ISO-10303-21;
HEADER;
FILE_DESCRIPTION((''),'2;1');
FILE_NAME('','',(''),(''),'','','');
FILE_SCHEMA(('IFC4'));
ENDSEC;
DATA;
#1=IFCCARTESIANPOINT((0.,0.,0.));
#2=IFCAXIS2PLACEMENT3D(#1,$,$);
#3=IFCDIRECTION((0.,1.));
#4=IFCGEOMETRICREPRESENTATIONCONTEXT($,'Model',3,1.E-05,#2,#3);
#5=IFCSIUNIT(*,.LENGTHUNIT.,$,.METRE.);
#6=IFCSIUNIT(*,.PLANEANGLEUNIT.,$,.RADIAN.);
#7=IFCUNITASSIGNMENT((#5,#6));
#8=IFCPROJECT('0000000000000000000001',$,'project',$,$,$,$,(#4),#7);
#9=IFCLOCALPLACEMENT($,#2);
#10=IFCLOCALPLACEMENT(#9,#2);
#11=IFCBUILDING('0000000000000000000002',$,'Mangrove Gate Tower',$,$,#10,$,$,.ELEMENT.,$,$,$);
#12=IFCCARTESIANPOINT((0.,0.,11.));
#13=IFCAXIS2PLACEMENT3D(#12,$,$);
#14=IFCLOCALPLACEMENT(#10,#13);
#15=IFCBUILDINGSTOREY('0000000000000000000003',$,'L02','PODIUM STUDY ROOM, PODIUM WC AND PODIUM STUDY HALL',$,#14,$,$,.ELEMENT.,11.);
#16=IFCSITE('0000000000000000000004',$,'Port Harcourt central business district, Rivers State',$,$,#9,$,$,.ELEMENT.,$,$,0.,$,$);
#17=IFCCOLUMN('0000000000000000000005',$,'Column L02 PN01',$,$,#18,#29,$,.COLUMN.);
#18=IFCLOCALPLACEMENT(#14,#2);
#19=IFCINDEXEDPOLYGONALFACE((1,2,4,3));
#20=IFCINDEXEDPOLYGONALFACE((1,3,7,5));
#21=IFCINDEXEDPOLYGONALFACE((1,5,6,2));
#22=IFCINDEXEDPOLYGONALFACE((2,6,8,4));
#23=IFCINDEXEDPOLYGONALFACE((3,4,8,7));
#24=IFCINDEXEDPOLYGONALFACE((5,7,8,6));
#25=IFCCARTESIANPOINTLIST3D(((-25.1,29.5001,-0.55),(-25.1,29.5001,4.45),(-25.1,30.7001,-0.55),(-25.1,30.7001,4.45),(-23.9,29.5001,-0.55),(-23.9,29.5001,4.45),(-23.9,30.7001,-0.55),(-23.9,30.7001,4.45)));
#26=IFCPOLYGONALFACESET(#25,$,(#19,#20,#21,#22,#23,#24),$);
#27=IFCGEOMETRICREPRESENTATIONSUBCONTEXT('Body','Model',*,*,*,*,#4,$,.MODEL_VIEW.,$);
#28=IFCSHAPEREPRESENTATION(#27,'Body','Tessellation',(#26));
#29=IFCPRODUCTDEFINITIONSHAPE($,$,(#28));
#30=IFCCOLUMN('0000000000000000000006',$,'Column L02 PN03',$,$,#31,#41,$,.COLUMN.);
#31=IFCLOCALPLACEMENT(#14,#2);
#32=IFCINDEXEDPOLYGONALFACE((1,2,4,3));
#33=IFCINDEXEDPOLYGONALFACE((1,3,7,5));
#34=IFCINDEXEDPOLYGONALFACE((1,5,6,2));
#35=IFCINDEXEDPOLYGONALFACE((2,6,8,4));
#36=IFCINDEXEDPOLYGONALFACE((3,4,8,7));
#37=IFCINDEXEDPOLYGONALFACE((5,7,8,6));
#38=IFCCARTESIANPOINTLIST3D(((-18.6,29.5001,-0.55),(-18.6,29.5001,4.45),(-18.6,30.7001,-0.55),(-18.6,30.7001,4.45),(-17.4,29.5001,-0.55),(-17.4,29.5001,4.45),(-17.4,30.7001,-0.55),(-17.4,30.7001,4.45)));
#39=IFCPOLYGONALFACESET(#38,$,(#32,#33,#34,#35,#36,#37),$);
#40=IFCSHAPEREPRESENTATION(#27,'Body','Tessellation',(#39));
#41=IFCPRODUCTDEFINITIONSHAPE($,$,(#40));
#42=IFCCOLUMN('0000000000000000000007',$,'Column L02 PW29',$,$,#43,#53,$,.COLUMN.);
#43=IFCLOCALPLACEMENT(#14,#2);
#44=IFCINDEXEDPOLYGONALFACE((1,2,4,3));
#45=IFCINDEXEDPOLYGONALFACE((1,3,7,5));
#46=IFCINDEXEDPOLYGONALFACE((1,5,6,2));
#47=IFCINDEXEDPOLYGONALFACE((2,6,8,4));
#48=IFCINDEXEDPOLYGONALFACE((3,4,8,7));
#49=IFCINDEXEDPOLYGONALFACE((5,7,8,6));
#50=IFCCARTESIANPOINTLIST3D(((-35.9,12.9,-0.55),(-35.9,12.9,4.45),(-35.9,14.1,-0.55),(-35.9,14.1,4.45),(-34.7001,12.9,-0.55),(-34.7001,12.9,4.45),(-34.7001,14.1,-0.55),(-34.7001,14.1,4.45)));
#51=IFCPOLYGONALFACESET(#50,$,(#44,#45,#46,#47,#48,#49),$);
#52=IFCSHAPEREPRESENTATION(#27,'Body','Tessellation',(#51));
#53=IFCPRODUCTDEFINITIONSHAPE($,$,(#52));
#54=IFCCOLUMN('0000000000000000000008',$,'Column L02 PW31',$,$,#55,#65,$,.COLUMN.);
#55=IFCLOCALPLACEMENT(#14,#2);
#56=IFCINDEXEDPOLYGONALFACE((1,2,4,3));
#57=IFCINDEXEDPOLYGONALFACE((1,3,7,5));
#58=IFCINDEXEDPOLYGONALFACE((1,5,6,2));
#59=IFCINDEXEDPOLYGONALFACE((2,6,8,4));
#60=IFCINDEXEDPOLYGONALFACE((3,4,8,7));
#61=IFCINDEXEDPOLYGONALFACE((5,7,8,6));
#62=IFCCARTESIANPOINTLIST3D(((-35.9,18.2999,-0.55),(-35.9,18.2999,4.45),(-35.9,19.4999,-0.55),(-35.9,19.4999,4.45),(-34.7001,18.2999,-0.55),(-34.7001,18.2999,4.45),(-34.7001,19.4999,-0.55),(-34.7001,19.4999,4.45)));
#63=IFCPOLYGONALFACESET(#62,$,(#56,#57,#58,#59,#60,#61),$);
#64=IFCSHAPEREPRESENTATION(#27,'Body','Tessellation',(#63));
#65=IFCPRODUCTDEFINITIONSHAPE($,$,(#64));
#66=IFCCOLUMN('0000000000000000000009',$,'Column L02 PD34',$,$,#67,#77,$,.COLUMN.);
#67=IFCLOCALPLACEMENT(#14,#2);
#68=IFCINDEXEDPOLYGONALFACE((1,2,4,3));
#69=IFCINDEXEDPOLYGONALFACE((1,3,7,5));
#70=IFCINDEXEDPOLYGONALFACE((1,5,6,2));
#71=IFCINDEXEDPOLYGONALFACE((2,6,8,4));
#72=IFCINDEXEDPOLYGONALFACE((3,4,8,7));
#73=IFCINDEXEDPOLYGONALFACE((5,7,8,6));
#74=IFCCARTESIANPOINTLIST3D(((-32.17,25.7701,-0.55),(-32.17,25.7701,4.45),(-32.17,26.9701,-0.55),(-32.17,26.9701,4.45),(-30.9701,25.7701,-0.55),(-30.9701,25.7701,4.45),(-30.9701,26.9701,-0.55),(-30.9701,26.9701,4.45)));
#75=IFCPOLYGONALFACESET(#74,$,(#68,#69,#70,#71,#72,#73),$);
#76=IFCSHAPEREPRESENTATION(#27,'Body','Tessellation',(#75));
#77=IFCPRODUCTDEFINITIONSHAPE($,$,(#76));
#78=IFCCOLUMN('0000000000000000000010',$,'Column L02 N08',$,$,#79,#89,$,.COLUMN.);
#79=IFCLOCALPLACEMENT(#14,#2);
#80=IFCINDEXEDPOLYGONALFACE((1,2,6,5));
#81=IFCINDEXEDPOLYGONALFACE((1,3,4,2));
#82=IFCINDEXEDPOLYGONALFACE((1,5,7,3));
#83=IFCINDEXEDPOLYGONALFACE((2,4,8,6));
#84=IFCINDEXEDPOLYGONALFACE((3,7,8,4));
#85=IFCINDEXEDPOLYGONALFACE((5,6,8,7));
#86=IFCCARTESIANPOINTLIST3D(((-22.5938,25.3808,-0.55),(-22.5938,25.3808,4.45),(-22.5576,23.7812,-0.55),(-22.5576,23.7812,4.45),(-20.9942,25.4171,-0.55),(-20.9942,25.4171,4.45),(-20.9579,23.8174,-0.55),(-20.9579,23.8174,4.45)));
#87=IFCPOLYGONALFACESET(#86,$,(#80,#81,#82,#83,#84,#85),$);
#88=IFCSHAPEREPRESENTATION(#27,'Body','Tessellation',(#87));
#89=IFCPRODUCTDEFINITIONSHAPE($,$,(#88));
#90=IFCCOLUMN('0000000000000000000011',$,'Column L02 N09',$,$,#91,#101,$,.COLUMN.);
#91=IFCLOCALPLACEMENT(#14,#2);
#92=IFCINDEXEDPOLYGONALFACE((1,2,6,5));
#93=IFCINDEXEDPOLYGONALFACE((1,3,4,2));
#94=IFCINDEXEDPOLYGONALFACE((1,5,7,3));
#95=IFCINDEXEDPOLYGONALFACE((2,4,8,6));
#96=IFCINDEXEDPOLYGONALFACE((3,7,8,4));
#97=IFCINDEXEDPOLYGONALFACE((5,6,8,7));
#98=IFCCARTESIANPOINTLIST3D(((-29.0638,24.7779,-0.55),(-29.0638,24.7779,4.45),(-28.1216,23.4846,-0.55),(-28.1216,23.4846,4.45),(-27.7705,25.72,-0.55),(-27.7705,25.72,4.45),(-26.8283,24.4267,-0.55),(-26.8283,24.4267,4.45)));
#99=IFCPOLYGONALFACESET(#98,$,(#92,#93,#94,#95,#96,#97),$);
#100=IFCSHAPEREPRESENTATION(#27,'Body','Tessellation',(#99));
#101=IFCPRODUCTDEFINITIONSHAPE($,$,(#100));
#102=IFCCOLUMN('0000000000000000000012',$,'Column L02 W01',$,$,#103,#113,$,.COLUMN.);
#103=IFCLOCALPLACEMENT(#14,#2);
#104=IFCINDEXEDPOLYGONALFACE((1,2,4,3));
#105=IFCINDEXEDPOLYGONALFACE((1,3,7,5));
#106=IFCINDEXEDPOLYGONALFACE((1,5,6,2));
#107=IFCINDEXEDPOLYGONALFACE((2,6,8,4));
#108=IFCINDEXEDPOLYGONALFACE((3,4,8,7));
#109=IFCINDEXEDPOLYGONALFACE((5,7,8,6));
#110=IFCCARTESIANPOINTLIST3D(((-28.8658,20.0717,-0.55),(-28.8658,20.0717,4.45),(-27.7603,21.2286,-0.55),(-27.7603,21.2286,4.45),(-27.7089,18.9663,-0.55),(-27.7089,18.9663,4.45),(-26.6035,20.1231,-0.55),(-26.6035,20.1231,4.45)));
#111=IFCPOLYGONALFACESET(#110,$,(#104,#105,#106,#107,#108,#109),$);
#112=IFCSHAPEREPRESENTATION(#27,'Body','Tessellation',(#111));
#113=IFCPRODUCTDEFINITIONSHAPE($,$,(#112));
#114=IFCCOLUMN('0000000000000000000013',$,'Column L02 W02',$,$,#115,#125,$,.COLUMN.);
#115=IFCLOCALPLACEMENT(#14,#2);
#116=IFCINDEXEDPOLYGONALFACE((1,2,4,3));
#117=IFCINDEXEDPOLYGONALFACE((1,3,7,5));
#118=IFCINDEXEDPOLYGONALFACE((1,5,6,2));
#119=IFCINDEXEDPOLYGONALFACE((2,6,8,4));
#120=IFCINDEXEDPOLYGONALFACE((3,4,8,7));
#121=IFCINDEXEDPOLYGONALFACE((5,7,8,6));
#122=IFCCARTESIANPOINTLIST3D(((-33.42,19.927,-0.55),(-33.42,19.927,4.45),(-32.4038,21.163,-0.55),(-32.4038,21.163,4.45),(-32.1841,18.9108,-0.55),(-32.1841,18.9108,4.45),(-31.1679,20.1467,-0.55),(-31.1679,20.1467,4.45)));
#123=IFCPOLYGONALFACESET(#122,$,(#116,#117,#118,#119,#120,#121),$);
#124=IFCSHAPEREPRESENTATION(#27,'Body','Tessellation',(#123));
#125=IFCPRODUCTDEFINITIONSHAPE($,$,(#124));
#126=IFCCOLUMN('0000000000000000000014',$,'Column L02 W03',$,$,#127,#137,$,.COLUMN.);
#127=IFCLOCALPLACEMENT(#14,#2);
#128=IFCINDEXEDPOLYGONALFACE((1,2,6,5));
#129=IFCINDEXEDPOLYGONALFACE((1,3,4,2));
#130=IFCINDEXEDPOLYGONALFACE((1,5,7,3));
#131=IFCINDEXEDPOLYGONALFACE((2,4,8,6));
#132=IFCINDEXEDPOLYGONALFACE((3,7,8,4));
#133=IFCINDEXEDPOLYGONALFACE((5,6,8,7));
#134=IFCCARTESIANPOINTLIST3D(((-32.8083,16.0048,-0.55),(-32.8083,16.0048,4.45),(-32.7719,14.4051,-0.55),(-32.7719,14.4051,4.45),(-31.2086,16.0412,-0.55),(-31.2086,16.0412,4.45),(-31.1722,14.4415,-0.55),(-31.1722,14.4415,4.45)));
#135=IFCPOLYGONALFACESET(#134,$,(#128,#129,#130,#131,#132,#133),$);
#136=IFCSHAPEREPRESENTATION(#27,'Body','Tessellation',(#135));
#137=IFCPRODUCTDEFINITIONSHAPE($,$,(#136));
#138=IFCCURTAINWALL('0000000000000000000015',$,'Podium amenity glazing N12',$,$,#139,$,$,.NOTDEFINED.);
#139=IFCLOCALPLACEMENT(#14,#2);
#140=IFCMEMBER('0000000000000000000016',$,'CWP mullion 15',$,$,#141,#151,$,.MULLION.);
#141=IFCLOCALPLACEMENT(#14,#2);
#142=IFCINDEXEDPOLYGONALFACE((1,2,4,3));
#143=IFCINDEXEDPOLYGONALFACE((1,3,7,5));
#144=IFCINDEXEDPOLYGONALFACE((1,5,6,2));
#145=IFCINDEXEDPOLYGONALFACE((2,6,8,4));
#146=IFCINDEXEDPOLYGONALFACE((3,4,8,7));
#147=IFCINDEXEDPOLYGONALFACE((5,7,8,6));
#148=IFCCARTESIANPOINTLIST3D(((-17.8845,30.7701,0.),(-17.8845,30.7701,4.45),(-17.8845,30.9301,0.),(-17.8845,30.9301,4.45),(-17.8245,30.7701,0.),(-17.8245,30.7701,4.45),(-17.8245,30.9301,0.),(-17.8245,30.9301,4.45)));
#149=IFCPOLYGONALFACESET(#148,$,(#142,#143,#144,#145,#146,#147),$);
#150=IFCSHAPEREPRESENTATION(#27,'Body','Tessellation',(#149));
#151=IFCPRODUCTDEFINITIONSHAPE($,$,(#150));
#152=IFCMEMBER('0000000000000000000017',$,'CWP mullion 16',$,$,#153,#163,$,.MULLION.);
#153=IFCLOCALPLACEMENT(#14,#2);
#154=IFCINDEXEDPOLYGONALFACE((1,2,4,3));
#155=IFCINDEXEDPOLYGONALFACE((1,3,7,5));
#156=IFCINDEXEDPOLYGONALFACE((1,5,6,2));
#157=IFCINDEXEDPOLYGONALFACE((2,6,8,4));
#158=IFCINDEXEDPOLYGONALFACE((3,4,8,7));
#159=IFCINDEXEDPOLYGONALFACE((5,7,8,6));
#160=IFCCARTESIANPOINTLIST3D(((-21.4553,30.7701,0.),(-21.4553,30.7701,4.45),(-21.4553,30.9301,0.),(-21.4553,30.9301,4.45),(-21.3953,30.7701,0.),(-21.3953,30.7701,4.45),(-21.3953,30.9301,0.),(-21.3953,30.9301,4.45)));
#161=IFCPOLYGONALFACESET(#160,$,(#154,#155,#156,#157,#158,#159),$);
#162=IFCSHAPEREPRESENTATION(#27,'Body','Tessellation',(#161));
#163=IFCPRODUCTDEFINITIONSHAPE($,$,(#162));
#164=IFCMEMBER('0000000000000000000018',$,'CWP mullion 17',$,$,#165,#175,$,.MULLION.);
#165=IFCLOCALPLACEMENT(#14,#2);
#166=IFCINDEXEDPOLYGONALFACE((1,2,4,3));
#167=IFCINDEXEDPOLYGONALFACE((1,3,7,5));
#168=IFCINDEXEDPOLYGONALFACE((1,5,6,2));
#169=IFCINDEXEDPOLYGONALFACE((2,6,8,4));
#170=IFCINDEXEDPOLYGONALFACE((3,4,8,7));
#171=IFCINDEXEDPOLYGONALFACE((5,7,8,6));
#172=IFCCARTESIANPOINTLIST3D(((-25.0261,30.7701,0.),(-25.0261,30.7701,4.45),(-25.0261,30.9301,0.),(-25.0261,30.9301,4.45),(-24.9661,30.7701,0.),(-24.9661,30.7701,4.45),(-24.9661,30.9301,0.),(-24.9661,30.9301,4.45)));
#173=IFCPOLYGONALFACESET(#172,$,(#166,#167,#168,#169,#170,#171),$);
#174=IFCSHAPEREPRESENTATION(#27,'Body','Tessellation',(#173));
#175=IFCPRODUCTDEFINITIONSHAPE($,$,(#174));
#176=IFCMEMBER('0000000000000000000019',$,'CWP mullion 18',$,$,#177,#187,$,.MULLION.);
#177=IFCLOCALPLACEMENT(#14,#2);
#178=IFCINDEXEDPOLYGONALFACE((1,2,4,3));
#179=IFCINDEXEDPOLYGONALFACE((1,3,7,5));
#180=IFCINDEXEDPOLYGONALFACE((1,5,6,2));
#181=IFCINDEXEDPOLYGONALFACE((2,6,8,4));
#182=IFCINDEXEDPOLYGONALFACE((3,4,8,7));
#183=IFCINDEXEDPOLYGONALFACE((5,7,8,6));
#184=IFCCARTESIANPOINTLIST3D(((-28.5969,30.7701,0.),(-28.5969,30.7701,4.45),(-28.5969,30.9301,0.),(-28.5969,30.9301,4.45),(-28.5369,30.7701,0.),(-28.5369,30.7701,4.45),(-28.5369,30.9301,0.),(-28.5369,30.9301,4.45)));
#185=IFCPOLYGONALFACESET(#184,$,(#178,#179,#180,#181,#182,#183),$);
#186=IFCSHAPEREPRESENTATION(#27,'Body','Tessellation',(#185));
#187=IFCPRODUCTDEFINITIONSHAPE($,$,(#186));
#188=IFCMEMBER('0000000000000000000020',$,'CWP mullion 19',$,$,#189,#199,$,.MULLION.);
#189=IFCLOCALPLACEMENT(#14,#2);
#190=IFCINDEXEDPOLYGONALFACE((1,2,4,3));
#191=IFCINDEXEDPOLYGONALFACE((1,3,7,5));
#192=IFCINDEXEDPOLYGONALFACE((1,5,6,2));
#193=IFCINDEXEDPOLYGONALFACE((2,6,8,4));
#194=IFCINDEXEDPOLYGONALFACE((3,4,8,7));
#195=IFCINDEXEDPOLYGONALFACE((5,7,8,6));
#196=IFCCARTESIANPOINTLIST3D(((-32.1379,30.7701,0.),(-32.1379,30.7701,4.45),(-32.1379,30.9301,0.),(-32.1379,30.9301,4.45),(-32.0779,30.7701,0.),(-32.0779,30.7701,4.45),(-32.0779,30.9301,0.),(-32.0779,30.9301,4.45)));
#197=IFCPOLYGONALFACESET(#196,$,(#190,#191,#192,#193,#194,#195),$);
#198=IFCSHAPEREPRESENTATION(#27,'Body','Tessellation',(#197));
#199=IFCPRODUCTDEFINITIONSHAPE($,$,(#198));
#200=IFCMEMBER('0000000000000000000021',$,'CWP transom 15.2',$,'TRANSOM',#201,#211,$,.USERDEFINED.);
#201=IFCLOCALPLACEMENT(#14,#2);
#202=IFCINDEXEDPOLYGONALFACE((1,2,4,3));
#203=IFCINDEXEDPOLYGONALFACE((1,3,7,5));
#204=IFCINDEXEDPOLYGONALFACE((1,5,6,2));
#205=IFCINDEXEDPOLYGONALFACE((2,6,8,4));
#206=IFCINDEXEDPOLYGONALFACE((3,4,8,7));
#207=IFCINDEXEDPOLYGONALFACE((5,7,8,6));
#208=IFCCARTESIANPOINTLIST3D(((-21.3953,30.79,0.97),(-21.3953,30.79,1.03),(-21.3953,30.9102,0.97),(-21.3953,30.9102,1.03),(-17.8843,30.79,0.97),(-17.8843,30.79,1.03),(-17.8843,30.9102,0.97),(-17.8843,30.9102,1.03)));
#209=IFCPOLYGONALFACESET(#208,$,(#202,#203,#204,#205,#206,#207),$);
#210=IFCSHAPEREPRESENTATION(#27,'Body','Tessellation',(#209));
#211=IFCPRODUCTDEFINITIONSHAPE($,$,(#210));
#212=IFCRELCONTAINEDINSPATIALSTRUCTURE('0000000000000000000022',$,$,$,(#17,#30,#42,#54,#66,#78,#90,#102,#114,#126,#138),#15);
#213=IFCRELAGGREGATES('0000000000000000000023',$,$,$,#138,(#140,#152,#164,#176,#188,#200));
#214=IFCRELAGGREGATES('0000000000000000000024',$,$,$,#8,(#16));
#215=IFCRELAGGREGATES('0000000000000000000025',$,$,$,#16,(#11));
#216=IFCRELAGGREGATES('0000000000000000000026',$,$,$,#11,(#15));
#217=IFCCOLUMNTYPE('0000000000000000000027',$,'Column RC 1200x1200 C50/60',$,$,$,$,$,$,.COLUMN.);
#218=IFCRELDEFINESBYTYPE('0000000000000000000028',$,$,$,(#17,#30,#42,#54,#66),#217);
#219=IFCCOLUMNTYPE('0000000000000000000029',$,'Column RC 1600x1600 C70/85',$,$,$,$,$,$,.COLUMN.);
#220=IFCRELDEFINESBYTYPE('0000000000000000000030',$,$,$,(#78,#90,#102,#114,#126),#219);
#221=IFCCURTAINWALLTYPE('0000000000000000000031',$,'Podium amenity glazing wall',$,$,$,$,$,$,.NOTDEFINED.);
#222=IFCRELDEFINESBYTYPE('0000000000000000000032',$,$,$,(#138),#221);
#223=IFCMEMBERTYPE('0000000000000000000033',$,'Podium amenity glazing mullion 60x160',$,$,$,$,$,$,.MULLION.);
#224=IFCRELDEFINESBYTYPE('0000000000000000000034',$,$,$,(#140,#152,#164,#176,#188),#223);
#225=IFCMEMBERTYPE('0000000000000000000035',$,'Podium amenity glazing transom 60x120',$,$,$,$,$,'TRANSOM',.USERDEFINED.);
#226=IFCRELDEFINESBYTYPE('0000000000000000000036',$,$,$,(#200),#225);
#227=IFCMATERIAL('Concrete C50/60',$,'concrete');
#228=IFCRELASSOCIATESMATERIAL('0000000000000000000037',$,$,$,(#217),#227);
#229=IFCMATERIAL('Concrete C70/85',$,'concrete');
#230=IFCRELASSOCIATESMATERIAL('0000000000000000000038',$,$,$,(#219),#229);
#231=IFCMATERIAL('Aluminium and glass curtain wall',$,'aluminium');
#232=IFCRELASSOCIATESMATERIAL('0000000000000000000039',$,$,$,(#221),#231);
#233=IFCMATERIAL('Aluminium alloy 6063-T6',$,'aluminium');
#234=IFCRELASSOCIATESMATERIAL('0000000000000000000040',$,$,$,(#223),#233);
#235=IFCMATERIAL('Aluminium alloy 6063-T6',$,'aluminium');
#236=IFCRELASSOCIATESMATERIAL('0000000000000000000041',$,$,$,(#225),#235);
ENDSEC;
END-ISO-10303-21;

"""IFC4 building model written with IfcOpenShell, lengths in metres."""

from ifc_helpers import new_model, si_unit, direction, frame, origin, origin_2d, place, context, subcontext, project, spatial, rectangle, extrude, material, material_profile, profile_set, type_object, element, aggregate, save


model = new_model("IFC4")

# Units and contexts
model_context = context("Model", 3, precision=1e-05, world=origin(), true_north=direction((0.0, 1.0)))
body_context = subcontext(model_context, "Body", "Model", "MODEL_VIEW")
ifc_project = project(units=[si_unit("LENGTHUNIT", "METRE"), si_unit("PLANEANGLEUNIT", "RADIAN")], contexts=[model_context])

# Site, building, storey
site_placement = place(None, origin())
site = spatial("IfcSite", under=ifc_project, at=site_placement, Name="Port Harcourt central business district, Rivers State", CompositionType="ELEMENT", RefElevation=0.0)
building_placement = place(site_placement, origin())
building = spatial("IfcBuilding", under=site, at=building_placement, Name="Mangrove Gate Tower", CompositionType="ELEMENT")
storey_placement = place(building_placement, frame((0.0, 0.0, 11.0)))
storey = spatial("IfcBuildingStorey", under=building, at=storey_placement, Name="L02", Description="PODIUM STUDY ROOM, PODIUM WC AND PODIUM STUDY HALL", CompositionType="ELEMENT", Elevation=11.0)

# Columns
ifc_material_1 = material(Name="Concrete C50/60", Category="concrete")
ifc_material_profile_1 = material_profile(ifc_material_1, rectangle(XDim=1.2, YDim=1.2, at=origin_2d()))
ifc_profile_set_1 = profile_set([ifc_material_profile_1], Name="Concrete C50/60")
column_type_1 = type_object("IfcColumnType", Name="Column RC 1200x1200 C50/60", PredefinedType="COLUMN", material=ifc_profile_set_1)
for number, where, z_axis, x_axis, name in (
    (1, (-24.5, 30.1001, -0.55), (0.0, 0.0, 1.0), (1.0, 0.0, 0.0), "Column L02 PN01"),
    (2, (-18.0, 30.1001, -0.55), (0.0, 0.0, 1.0), (1.0, 0.0, 0.0), "Column L02 PN03"),
    (3, (-35.3, 13.5, -0.55), (0.0, 0.0, 1.0), (1.0, 0.0, 0.0), "Column L02 PW29"),
    (4, (-35.3, 18.8999, -0.55), (0.0, 0.0, 1.0), (1.0, 0.0, 0.0), "Column L02 PW31"),
    (5, (-31.5701, 26.3701, -0.55), (0.0, 0.0, 1.0), (1.0, 0.0, 0.0), "Column L02 PD34"),
):
    element("IfcColumn", number, at=place(storey_placement, frame(where, z_axis=z_axis, x_axis=x_axis)), inside=storey, type_object=column_type_1, Name=name, PredefinedType="COLUMN", context=body_context, shape_type="SweptSolid", body=[
        extrude(rectangle(XDim=1.2, YDim=1.2, at=origin_2d()), origin(), (0.0, 0.0, 1.0), 5.0),
    ])
ifc_material_2 = material(Name="Concrete C70/85", Category="concrete")
ifc_material_profile_2 = material_profile(ifc_material_2, rectangle(XDim=1.6001, YDim=1.6001, at=origin_2d()))
ifc_profile_set_2 = profile_set([ifc_material_profile_2], Name="Concrete C70/85")
column_type_2 = type_object("IfcColumnType", Name="Column RC 1600x1600 C70/85", PredefinedType="COLUMN", material=ifc_profile_set_2)
for number, where, z_axis, x_axis, name in (
    (6, (-21.7759, 24.5991, -0.55), (0.0, 0.0, 1.0), (-0.999744, -0.022643, 0.0), "Column L02 N08"),
    (7, (-27.946, 24.6023, -0.55), (0.0, 0.0, 1.0), (-0.808269, -0.588813, 0.0), "Column L02 N09"),
    (8, (-27.7346, 20.0974, -0.55), (0.0, 0.0, 1.0), (-0.690863, -0.722986, 0.0), "Column L02 W01"),
    (9, (-32.2939, 20.0369, -0.55), (0.0, 0.0, 1.0), (-0.635105, -0.772425, 0.0), "Column L02 W02"),
    (10, (-31.9902, 15.2231, -0.55), (0.0, 0.0, 1.0), (0.022747, -0.999741, 0.0), "Column L02 W03"),
):
    element("IfcColumn", number, at=place(storey_placement, frame(where, z_axis=z_axis, x_axis=x_axis)), inside=storey, type_object=column_type_2, Name=name, PredefinedType="COLUMN", context=body_context, shape_type="SweptSolid", body=[
        extrude(rectangle(XDim=1.6001, YDim=1.6001, at=origin_2d()), origin(), (0.0, 0.0, 1.0), 5.0),
    ])

# Curtain wall, members
ifc_material_3 = material(Name="Aluminium and glass curtain wall", Category="aluminium")
curtain_wall_type = type_object("IfcCurtainWallType", Name="Podium amenity glazing wall", PredefinedType="NOTDEFINED", material=ifc_material_3)
curtain_wall_placement = place(storey_placement, origin())
curtain_wall = element("IfcCurtainWall", 11, at=curtain_wall_placement, inside=storey, type_object=curtain_wall_type, Name="Podium amenity glazing N12", PredefinedType="NOTDEFINED")
ifc_material_4 = material(Name="Aluminium alloy 6063-T6", Category="aluminium")
ifc_material_profile_3 = material_profile(ifc_material_4, rectangle(XDim=0.0601, YDim=0.1599, at=origin_2d()))
ifc_profile_set_3 = profile_set([ifc_material_profile_3], Name="Aluminium alloy 6063-T6")
member_type_1 = type_object("IfcMemberType", Name="Podium amenity glazing mullion 60x160", PredefinedType="MULLION", material=ifc_profile_set_3)
member_1_placement = place(storey_placement, frame((-17.8545, 30.8501, 0.0), z_axis=(0.0, 0.0, 1.0), x_axis=(-1.0, 0.0, 0.0)))
member_1 = element("IfcMember", 12, at=member_1_placement, type_object=member_type_1, Name="CWP mullion 15", PredefinedType="MULLION", context=body_context, shape_type="SweptSolid", body=[
    extrude(rectangle(XDim=0.0601, YDim=0.1599, at=origin_2d()), origin(), (0.0, 0.0, 1.0), 4.45),
])
member_2_placement = place(storey_placement, frame((-21.4253, 30.8501, 0.0), z_axis=(0.0, 0.0, 1.0), x_axis=(-1.0, 0.0, 0.0)))
member_2 = element("IfcMember", 13, at=member_2_placement, type_object=member_type_1, Name="CWP mullion 16", PredefinedType="MULLION", context=body_context, shape_type="SweptSolid", body=[
    extrude(rectangle(XDim=0.0601, YDim=0.1599, at=origin_2d()), origin(), (0.0, 0.0, 1.0), 4.45),
])
member_3_placement = place(storey_placement, frame((-24.9961, 30.8501, 0.0), z_axis=(0.0, 0.0, 1.0), x_axis=(-1.0, 0.0, 0.0)))
member_3 = element("IfcMember", 14, at=member_3_placement, type_object=member_type_1, Name="CWP mullion 17", PredefinedType="MULLION", context=body_context, shape_type="SweptSolid", body=[
    extrude(rectangle(XDim=0.0601, YDim=0.1599, at=origin_2d()), origin(), (0.0, 0.0, 1.0), 4.45),
])
member_4_placement = place(storey_placement, frame((-28.5669, 30.8501, 0.0), z_axis=(0.0, 0.0, 1.0), x_axis=(-1.0, 0.0, 0.0)))
member_4 = element("IfcMember", 15, at=member_4_placement, type_object=member_type_1, Name="CWP mullion 18", PredefinedType="MULLION", context=body_context, shape_type="SweptSolid", body=[
    extrude(rectangle(XDim=0.0601, YDim=0.1599, at=origin_2d()), origin(), (0.0, 0.0, 1.0), 4.45),
])
member_5_placement = place(storey_placement, frame((-32.1079, 30.8501, 0.0), z_axis=(0.0, 0.0, 1.0), x_axis=(-1.0, 0.0, 0.0)))
member_5 = element("IfcMember", 16, at=member_5_placement, type_object=member_type_1, Name="CWP mullion 19", PredefinedType="MULLION", context=body_context, shape_type="SweptSolid", body=[
    extrude(rectangle(XDim=0.0601, YDim=0.1599, at=origin_2d()), origin(), (0.0, 0.0, 1.0), 4.45),
])
ifc_material_5 = material(Name="Aluminium alloy 6063-T6", Category="aluminium")
ifc_material_profile_4 = material_profile(ifc_material_5, rectangle(XDim=0.0601, YDim=0.1201, at=origin_2d()))
ifc_profile_set_4 = profile_set([ifc_material_profile_4], Name="Aluminium alloy 6063-T6")
member_type_2 = type_object("IfcMemberType", Name="Podium amenity glazing transom 60x120", ElementType="TRANSOM", PredefinedType="USERDEFINED", material=ifc_profile_set_4)
member_6_placement = place(storey_placement, frame((-17.8843, 30.8501, 1.0), z_axis=(-1.0, 0.0, 0.0), x_axis=(0.0, 0.0, 1.0)))
member_6 = element("IfcMember", 17, at=member_6_placement, type_object=member_type_2, Name="CWP transom 15.2", ObjectType="TRANSOM", PredefinedType="USERDEFINED", context=body_context, shape_type="SweptSolid", body=[
    extrude(rectangle(XDim=0.0601, YDim=0.1201, at=origin_2d()), origin(), (0.0, 0.0, 1.0), 3.511),
])
aggregate(curtain_wall, [member_1, member_2, member_3, member_4, member_5, member_6])

save(model, "model.ifc")
